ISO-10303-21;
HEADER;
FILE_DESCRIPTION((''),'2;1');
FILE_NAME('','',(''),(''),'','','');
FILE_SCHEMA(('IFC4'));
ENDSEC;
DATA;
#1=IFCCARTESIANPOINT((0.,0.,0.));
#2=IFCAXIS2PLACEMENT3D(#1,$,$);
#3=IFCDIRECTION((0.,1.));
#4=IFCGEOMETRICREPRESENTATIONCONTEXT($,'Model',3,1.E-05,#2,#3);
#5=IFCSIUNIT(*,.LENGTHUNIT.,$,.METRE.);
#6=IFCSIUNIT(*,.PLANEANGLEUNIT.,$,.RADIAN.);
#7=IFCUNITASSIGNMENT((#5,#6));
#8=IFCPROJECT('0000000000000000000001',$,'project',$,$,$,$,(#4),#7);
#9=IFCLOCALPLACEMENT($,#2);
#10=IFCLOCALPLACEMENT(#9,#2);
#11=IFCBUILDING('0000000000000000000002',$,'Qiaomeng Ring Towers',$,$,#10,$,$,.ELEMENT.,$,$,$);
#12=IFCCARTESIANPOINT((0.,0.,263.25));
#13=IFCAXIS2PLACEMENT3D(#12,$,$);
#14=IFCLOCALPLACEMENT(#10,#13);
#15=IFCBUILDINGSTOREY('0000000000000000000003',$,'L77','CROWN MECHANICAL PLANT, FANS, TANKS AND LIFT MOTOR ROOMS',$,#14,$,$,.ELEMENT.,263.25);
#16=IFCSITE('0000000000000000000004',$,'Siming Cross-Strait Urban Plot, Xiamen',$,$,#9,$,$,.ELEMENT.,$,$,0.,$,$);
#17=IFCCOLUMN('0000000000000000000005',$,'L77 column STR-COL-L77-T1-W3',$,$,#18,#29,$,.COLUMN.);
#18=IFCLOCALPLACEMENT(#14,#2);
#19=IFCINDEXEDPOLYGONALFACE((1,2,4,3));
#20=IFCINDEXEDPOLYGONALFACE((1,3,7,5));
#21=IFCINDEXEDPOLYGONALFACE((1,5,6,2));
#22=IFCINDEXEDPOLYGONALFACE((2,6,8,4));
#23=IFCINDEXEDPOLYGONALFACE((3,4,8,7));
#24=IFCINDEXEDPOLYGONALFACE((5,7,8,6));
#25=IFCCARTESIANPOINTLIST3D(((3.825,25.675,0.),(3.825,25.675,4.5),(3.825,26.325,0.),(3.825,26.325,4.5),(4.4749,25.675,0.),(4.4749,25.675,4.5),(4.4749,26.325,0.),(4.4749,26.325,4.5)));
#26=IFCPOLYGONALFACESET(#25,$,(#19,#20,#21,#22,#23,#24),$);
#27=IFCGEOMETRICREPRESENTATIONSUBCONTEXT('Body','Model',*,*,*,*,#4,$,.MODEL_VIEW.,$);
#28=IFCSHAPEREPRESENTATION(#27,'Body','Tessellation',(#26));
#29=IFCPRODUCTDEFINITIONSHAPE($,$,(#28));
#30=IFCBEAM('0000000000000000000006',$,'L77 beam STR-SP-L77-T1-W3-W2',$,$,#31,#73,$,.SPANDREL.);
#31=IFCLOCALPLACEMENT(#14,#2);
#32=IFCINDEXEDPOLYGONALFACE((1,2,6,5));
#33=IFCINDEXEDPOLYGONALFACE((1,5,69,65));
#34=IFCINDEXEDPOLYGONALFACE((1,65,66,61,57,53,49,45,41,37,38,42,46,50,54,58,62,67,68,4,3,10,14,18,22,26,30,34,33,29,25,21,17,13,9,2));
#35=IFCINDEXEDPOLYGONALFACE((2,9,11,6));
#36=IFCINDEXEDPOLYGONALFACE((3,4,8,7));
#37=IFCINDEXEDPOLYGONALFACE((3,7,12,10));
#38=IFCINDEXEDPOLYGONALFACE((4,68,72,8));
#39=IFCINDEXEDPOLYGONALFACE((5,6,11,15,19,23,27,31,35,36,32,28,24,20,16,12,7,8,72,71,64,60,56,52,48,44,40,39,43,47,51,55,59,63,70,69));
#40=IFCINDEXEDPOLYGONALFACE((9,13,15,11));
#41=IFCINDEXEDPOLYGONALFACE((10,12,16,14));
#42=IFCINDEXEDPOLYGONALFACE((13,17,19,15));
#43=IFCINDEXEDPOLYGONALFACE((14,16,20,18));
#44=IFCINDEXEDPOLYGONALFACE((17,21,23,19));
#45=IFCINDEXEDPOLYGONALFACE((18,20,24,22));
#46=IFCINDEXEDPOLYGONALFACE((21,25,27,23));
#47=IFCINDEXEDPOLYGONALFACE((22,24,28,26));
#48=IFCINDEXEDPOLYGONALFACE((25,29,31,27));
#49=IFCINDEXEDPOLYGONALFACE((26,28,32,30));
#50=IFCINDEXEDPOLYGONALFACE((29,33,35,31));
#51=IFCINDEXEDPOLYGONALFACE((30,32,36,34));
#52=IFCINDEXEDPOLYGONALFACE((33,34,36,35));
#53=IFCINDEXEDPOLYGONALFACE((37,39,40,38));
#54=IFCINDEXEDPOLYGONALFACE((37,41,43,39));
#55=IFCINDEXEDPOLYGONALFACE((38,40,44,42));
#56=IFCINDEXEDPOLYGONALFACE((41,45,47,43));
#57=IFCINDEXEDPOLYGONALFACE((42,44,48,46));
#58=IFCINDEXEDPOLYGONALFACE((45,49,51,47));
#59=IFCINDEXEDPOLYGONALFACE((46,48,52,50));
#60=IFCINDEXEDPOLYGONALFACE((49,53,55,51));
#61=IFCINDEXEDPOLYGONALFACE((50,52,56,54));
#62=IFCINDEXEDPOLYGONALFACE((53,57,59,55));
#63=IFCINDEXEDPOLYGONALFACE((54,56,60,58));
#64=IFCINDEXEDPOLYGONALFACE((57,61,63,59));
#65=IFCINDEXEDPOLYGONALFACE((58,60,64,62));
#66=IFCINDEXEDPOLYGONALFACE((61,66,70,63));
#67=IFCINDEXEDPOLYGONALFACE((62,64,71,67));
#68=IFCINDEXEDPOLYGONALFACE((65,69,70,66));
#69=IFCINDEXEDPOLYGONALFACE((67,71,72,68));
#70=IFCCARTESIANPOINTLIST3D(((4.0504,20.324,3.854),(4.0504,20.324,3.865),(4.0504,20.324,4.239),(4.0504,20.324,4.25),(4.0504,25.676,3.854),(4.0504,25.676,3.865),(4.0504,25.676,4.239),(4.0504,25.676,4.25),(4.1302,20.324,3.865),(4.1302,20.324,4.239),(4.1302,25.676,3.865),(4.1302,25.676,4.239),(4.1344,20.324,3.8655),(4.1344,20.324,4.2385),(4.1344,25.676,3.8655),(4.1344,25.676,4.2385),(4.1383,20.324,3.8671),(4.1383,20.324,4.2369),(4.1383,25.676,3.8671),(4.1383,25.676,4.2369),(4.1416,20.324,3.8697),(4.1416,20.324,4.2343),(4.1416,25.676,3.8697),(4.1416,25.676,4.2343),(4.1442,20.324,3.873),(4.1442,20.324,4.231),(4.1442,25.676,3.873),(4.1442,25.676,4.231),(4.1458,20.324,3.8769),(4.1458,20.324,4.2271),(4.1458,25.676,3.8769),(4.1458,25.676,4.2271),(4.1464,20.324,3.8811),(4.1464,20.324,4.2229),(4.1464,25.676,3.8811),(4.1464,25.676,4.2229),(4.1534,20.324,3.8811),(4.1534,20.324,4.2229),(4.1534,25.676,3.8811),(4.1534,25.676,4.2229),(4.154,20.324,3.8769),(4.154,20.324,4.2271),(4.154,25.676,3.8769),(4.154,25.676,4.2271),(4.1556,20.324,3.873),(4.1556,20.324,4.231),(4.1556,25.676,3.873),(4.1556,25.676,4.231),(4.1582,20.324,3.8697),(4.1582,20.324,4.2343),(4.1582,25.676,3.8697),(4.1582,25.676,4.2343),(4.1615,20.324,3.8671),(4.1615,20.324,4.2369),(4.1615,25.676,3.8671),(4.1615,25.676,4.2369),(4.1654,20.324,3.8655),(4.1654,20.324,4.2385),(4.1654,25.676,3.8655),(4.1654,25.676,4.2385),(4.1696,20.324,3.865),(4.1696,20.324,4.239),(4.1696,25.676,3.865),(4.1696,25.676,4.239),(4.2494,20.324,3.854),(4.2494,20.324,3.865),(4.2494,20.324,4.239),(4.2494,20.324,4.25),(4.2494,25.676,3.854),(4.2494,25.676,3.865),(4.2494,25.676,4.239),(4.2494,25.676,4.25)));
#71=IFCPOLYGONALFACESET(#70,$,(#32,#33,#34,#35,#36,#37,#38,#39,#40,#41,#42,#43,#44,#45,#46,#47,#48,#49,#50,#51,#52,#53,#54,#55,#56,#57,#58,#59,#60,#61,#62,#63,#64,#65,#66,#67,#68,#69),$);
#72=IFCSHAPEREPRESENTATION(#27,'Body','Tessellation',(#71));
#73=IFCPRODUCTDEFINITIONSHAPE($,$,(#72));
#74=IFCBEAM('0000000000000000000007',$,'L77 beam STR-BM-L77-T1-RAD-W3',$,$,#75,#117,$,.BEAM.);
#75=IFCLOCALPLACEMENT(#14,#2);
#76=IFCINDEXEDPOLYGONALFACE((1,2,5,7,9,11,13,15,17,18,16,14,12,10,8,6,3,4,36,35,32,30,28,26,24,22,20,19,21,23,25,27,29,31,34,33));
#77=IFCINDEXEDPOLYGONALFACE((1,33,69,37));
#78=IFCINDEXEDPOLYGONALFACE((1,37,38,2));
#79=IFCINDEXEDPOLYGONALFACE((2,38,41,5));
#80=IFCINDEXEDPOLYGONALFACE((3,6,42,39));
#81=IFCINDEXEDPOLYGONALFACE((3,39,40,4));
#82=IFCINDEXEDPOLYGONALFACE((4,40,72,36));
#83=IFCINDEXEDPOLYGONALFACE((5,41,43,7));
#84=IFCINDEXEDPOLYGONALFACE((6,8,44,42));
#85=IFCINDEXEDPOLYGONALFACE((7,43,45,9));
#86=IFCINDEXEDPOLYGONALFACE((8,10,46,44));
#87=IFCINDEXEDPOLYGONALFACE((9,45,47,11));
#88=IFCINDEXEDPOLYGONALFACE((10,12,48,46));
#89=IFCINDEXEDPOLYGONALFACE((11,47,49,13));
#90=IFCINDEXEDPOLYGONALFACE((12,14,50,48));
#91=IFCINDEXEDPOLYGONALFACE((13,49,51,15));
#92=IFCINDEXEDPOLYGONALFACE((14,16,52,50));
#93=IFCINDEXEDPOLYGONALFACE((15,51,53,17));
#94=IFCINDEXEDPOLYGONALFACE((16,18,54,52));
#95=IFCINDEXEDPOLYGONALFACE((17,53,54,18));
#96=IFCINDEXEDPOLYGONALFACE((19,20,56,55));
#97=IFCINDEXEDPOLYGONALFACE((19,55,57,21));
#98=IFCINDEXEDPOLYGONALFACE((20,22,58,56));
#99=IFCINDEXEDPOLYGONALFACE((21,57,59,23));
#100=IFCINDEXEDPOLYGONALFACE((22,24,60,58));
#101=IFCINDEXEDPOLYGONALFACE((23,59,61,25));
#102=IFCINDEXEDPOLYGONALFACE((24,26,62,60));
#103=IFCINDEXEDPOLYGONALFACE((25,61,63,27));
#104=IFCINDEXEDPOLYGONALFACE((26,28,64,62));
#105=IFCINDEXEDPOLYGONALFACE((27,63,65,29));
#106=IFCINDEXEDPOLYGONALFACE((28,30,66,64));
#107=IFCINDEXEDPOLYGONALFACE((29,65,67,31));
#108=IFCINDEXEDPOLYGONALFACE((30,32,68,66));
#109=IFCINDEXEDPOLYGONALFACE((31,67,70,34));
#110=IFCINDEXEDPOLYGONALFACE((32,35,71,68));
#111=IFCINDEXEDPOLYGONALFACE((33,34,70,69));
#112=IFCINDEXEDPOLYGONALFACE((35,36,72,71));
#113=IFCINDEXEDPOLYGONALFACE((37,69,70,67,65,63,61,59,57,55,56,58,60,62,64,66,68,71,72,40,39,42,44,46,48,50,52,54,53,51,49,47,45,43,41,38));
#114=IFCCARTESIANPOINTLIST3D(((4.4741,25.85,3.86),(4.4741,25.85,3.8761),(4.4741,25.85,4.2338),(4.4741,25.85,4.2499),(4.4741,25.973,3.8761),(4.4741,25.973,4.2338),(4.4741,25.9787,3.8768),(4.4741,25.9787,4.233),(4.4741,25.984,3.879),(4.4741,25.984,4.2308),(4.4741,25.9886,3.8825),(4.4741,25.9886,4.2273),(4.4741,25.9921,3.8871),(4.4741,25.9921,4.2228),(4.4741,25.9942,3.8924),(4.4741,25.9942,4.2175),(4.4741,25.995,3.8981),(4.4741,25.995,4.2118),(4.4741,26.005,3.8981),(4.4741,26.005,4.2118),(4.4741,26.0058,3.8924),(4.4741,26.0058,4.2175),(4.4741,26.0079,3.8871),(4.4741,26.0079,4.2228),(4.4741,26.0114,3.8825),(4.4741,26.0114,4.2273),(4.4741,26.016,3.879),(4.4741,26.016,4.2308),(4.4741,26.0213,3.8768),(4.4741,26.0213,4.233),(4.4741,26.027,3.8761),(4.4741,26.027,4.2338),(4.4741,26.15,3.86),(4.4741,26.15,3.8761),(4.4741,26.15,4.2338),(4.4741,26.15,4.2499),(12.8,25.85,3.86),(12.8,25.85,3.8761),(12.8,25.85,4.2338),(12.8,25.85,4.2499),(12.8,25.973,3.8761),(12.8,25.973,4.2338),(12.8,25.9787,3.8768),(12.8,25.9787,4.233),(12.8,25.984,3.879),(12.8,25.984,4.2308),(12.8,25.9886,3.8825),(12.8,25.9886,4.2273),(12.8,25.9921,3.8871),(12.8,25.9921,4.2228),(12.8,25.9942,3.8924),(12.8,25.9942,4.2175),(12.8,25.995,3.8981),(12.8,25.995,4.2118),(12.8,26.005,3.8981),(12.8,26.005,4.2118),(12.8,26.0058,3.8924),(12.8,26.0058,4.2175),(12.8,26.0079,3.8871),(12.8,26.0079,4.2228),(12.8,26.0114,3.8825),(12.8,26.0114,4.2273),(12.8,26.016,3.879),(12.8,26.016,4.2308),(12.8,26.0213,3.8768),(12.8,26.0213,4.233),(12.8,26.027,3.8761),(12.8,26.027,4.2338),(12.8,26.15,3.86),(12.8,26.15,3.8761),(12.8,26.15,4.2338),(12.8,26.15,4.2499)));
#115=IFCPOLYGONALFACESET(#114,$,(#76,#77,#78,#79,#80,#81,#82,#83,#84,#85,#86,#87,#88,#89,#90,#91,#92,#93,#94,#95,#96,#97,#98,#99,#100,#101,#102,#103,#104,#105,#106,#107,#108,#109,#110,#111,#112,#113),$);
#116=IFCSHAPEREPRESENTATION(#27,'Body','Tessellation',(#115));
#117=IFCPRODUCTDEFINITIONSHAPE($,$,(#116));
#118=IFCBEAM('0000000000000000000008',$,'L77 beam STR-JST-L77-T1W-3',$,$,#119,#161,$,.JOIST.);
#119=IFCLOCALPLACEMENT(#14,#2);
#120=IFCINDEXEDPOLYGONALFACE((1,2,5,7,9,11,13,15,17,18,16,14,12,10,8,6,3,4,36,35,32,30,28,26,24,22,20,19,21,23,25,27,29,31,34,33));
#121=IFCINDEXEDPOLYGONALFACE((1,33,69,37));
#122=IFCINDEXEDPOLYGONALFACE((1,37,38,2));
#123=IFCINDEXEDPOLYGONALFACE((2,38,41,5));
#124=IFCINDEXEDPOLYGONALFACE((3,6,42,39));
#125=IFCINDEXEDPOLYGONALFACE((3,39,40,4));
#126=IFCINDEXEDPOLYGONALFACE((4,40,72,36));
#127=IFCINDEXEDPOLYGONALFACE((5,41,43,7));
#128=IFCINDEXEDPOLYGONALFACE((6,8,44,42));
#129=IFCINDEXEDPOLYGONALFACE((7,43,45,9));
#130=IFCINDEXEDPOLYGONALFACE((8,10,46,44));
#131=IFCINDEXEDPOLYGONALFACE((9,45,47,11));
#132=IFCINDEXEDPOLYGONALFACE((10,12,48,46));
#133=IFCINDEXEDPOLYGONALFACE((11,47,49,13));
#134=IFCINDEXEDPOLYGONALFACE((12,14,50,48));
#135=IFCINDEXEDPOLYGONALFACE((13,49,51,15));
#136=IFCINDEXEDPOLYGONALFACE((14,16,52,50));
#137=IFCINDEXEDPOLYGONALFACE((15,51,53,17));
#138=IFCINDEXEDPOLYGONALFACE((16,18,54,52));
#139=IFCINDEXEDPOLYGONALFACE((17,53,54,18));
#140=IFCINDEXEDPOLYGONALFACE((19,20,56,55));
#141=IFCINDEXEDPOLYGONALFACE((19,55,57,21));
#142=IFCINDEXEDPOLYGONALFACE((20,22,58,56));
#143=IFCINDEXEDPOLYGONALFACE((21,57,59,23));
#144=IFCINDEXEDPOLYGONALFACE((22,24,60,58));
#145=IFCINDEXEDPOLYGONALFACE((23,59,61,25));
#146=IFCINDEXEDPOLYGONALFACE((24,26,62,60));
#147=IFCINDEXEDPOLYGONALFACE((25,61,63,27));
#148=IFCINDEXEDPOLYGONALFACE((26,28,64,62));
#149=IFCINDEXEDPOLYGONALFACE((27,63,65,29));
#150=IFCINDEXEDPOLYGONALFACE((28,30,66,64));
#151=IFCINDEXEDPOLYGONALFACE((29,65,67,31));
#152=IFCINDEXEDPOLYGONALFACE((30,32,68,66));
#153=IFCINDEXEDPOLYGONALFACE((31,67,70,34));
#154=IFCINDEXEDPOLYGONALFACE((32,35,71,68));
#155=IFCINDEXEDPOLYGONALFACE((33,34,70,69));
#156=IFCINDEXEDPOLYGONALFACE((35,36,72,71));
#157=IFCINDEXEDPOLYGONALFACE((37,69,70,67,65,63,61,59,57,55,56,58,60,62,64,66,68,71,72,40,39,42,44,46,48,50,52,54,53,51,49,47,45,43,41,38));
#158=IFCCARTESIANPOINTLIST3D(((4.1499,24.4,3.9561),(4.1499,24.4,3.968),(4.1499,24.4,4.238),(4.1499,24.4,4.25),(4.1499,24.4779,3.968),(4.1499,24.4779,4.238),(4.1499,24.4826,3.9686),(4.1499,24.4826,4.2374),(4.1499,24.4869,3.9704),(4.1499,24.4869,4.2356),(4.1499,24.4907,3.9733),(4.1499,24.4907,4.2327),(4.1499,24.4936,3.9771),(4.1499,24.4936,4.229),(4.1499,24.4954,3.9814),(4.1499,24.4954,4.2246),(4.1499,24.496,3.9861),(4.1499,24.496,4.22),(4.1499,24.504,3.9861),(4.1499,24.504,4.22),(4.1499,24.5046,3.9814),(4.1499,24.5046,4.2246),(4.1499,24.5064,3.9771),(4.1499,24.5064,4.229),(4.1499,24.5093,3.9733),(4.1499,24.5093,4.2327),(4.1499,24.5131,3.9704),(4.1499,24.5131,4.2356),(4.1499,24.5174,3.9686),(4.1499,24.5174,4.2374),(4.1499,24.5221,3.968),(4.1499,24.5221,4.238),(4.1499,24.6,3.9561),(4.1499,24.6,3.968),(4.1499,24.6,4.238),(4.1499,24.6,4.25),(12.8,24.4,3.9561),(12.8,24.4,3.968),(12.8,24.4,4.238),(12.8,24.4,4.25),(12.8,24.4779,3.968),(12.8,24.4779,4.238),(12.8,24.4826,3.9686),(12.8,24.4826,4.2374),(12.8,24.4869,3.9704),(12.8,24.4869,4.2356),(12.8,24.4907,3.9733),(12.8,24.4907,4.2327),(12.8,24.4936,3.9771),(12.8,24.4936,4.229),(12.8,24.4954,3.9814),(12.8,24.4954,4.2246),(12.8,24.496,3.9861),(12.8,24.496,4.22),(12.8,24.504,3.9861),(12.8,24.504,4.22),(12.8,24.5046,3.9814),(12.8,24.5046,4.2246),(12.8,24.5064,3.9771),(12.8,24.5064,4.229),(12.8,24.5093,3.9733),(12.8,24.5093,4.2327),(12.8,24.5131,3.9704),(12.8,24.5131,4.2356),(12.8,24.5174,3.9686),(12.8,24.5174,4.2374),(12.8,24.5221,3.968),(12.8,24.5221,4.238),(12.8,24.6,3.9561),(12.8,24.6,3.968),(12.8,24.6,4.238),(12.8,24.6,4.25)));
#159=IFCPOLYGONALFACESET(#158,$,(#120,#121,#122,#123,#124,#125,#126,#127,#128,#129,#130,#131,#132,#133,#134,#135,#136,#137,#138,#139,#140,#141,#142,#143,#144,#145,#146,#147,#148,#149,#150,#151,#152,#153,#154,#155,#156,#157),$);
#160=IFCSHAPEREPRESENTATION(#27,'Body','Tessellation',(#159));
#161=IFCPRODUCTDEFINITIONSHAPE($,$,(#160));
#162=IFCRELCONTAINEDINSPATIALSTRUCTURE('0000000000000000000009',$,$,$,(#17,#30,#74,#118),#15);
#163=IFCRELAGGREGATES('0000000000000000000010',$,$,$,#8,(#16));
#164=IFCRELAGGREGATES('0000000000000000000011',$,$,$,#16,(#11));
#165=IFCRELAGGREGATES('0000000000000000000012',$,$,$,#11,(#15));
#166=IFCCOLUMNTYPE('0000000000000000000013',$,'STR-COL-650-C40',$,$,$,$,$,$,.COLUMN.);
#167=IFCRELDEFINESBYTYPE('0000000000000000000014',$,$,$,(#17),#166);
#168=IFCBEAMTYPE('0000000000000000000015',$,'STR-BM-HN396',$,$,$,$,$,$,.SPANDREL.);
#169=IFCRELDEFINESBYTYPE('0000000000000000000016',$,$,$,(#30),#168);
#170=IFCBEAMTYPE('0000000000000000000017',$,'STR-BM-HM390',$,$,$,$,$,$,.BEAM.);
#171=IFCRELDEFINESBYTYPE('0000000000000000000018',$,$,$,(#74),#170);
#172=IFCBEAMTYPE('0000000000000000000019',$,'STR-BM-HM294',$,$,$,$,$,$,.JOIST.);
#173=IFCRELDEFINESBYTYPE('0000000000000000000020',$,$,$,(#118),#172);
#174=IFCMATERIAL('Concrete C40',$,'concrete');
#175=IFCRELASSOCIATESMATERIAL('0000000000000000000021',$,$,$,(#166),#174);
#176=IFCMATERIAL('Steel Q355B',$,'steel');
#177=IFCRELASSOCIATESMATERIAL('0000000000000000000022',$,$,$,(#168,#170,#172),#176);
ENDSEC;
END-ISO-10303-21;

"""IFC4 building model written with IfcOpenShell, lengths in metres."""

from ifc_helpers import new_model, si_unit, direction, frame, origin, origin_2d, place, context, subcontext, project, spatial, rectangle, i_section, extrude, source, transform, mapped, material, material_profile, profile_set, type_object, element, save


model = new_model("IFC4")

# Units and contexts
model_context = context("Model", 3, precision=1e-05, world=origin(), true_north=direction((0.0, 1.0)))
body_context = subcontext(model_context, "Body", "Model", "MODEL_VIEW")
ifc_project = project(units=[si_unit("LENGTHUNIT", "METRE"), si_unit("PLANEANGLEUNIT", "RADIAN")], contexts=[model_context])

# Site, building, storey
site_placement = place(None, origin())
site = spatial("IfcSite", under=ifc_project, at=site_placement, Name="Siming Cross-Strait Urban Plot, Xiamen", CompositionType="ELEMENT", RefElevation=0.0)
building_placement = place(site_placement, origin())
building = spatial("IfcBuilding", under=site, at=building_placement, Name="Qiaomeng Ring Towers", CompositionType="ELEMENT")
storey_placement = place(building_placement, frame((0.0, 0.0, 263.25)))
storey = spatial("IfcBuildingStorey", under=building, at=storey_placement, Name="L77", Description="CROWN MECHANICAL PLANT, FANS, TANKS AND LIFT MOTOR ROOMS", CompositionType="ELEMENT", Elevation=263.25)

# Column
ifc_material_1 = material(Name="Concrete C40", Category="concrete")
ifc_material_profile_1 = material_profile(ifc_material_1, rectangle(XDim=0.6499, YDim=0.6499, at=origin_2d()), Name="RC COL 650x650")
ifc_profile_set_1 = profile_set([ifc_material_profile_1], Name="Concrete C40")
column_type = type_object("IfcColumnType", Name="STR-COL-650-C40", PredefinedType="COLUMN", material=ifc_profile_set_1)
shared_shape_1 = source(origin(), body_context, "Body", "SweptSolid", [
    extrude(rectangle(XDim=0.6499, YDim=0.6499, at=origin_2d()), origin(), (0.0, 0.0, 1.0), 4.5),
])
column_placement = place(storey_placement, frame((4.1499, 26.0, 0.0), z_axis=(0.0, 0.0, 1.0), x_axis=(1.0, 0.0, 0.0)))
element("IfcColumn", 1, at=column_placement, inside=storey, type_object=column_type, Name="L77 column STR-COL-L77-T1-W3", PredefinedType="COLUMN", context=body_context, shape_type="MappedRepresentation", body=[
    mapped(shared_shape_1, transform((0.0, 0.0, 0.0), x_axis=(1.0, 0.0, 0.0), y_axis=(0.0, 1.0, 0.0), z_axis=(0.0, 0.0, 1.0), scale=1.0)),
])

# Beams
ifc_material_2 = material(Name="Steel Q355B", Category="steel")
ifc_material_profile_2 = material_profile(ifc_material_2, i_section(OverallWidth=0.199, OverallDepth=0.396, WebThickness=0.0071, FlangeThickness=0.011, FilletRadius=0.0161, at=origin_2d()), Name="HN 396x199x7x11")
ifc_profile_set_2 = profile_set([ifc_material_profile_2], Name="Steel Q355B")
beam_type_1 = type_object("IfcBeamType", Name="STR-BM-HN396", PredefinedType="SPANDREL", material=ifc_profile_set_2)
shared_shape_2 = source(origin(), body_context, "Body", "SweptSolid", [
    extrude(i_section(OverallWidth=0.199, OverallDepth=0.396, WebThickness=0.0071, FlangeThickness=0.011, FilletRadius=0.0161, at=origin_2d()), origin(), (0.0, 0.0, 1.0), 5.3521),
])
beam_1_placement = place(storey_placement, frame((4.1499, 25.676, 4.052), z_axis=(0.0, -1.0, 0.0), x_axis=(1.0, 0.0, 0.0)))
element("IfcBeam", 2, at=beam_1_placement, inside=storey, type_object=beam_type_1, Name="L77 beam STR-SP-L77-T1-W3-W2", PredefinedType="SPANDREL", context=body_context, shape_type="MappedRepresentation", body=[
    mapped(shared_shape_2, transform((0.0, 0.0, 0.0), x_axis=(1.0, 0.0, 0.0), y_axis=(0.0, 1.0, 0.0), z_axis=(0.0, 0.0, 1.0), scale=1.0)),
])
ifc_material_profile_3 = material_profile(ifc_material_2, i_section(OverallWidth=0.3, OverallDepth=0.3899, WebThickness=0.01, FlangeThickness=0.0161, FilletRadius=0.022, at=origin_2d()), Name="HM 390x300x10x16")
ifc_profile_set_3 = profile_set([ifc_material_profile_3], Name="Steel Q355B")
beam_type_2 = type_object("IfcBeamType", Name="STR-BM-HM390", PredefinedType="BEAM", material=ifc_profile_set_3)
shared_shape_3 = source(origin(), body_context, "Body", "SweptSolid", [
    extrude(i_section(OverallWidth=0.3, OverallDepth=0.3899, WebThickness=0.01, FlangeThickness=0.0161, FilletRadius=0.022, at=origin_2d()), origin(), (0.0, 0.0, 1.0), 8.3259),
])
beam_2_placement = place(storey_placement, frame((4.4741, 26.0, 4.0549), z_axis=(1.0, 0.0, 0.0), x_axis=(0.0, 1.0, 0.0)))
element("IfcBeam", 3, at=beam_2_placement, inside=storey, type_object=beam_type_2, Name="L77 beam STR-BM-L77-T1-RAD-W3", PredefinedType="BEAM", context=body_context, shape_type="MappedRepresentation", body=[
    mapped(shared_shape_3, transform((0.0, 0.0, 0.0), x_axis=(1.0, 0.0, 0.0), y_axis=(0.0, 1.0, 0.0), z_axis=(0.0, 0.0, 1.0), scale=1.0)),
])
ifc_material_profile_4 = material_profile(ifc_material_2, i_section(OverallWidth=0.2, OverallDepth=0.2939, WebThickness=0.0081, FlangeThickness=0.012, FilletRadius=0.0181, at=origin_2d()), Name="HM 294x200x8x12")
ifc_profile_set_4 = profile_set([ifc_material_profile_4], Name="Steel Q355B")
beam_type_3 = type_object("IfcBeamType", Name="STR-BM-HM294", PredefinedType="JOIST", material=ifc_profile_set_4)
shared_shape_4 = source(origin(), body_context, "Body", "SweptSolid", [
    extrude(i_section(OverallWidth=0.2, OverallDepth=0.2939, WebThickness=0.0081, FlangeThickness=0.012, FilletRadius=0.0181, at=origin_2d()), origin(), (0.0, 0.0, 1.0), 8.6501),
])
for number, where, z_axis, x_axis, name in (
    (4, (4.1499, 24.5, 4.103), (1.0, 0.0, 0.0), (0.0, 1.0, 0.0), "L77 beam STR-JST-L77-T1W-3"),
):
    element("IfcBeam", number, at=place(storey_placement, frame(where, z_axis=z_axis, x_axis=x_axis)), inside=storey, type_object=beam_type_3, Name=name, PredefinedType="JOIST", context=body_context, shape_type="MappedRepresentation", body=[
        mapped(shared_shape_4, transform((0.0, 0.0, 0.0), x_axis=(1.0, 0.0, 0.0), y_axis=(0.0, 1.0, 0.0), z_axis=(0.0, 0.0, 1.0), scale=1.0)),
    ])

save(model, "model.ifc")
